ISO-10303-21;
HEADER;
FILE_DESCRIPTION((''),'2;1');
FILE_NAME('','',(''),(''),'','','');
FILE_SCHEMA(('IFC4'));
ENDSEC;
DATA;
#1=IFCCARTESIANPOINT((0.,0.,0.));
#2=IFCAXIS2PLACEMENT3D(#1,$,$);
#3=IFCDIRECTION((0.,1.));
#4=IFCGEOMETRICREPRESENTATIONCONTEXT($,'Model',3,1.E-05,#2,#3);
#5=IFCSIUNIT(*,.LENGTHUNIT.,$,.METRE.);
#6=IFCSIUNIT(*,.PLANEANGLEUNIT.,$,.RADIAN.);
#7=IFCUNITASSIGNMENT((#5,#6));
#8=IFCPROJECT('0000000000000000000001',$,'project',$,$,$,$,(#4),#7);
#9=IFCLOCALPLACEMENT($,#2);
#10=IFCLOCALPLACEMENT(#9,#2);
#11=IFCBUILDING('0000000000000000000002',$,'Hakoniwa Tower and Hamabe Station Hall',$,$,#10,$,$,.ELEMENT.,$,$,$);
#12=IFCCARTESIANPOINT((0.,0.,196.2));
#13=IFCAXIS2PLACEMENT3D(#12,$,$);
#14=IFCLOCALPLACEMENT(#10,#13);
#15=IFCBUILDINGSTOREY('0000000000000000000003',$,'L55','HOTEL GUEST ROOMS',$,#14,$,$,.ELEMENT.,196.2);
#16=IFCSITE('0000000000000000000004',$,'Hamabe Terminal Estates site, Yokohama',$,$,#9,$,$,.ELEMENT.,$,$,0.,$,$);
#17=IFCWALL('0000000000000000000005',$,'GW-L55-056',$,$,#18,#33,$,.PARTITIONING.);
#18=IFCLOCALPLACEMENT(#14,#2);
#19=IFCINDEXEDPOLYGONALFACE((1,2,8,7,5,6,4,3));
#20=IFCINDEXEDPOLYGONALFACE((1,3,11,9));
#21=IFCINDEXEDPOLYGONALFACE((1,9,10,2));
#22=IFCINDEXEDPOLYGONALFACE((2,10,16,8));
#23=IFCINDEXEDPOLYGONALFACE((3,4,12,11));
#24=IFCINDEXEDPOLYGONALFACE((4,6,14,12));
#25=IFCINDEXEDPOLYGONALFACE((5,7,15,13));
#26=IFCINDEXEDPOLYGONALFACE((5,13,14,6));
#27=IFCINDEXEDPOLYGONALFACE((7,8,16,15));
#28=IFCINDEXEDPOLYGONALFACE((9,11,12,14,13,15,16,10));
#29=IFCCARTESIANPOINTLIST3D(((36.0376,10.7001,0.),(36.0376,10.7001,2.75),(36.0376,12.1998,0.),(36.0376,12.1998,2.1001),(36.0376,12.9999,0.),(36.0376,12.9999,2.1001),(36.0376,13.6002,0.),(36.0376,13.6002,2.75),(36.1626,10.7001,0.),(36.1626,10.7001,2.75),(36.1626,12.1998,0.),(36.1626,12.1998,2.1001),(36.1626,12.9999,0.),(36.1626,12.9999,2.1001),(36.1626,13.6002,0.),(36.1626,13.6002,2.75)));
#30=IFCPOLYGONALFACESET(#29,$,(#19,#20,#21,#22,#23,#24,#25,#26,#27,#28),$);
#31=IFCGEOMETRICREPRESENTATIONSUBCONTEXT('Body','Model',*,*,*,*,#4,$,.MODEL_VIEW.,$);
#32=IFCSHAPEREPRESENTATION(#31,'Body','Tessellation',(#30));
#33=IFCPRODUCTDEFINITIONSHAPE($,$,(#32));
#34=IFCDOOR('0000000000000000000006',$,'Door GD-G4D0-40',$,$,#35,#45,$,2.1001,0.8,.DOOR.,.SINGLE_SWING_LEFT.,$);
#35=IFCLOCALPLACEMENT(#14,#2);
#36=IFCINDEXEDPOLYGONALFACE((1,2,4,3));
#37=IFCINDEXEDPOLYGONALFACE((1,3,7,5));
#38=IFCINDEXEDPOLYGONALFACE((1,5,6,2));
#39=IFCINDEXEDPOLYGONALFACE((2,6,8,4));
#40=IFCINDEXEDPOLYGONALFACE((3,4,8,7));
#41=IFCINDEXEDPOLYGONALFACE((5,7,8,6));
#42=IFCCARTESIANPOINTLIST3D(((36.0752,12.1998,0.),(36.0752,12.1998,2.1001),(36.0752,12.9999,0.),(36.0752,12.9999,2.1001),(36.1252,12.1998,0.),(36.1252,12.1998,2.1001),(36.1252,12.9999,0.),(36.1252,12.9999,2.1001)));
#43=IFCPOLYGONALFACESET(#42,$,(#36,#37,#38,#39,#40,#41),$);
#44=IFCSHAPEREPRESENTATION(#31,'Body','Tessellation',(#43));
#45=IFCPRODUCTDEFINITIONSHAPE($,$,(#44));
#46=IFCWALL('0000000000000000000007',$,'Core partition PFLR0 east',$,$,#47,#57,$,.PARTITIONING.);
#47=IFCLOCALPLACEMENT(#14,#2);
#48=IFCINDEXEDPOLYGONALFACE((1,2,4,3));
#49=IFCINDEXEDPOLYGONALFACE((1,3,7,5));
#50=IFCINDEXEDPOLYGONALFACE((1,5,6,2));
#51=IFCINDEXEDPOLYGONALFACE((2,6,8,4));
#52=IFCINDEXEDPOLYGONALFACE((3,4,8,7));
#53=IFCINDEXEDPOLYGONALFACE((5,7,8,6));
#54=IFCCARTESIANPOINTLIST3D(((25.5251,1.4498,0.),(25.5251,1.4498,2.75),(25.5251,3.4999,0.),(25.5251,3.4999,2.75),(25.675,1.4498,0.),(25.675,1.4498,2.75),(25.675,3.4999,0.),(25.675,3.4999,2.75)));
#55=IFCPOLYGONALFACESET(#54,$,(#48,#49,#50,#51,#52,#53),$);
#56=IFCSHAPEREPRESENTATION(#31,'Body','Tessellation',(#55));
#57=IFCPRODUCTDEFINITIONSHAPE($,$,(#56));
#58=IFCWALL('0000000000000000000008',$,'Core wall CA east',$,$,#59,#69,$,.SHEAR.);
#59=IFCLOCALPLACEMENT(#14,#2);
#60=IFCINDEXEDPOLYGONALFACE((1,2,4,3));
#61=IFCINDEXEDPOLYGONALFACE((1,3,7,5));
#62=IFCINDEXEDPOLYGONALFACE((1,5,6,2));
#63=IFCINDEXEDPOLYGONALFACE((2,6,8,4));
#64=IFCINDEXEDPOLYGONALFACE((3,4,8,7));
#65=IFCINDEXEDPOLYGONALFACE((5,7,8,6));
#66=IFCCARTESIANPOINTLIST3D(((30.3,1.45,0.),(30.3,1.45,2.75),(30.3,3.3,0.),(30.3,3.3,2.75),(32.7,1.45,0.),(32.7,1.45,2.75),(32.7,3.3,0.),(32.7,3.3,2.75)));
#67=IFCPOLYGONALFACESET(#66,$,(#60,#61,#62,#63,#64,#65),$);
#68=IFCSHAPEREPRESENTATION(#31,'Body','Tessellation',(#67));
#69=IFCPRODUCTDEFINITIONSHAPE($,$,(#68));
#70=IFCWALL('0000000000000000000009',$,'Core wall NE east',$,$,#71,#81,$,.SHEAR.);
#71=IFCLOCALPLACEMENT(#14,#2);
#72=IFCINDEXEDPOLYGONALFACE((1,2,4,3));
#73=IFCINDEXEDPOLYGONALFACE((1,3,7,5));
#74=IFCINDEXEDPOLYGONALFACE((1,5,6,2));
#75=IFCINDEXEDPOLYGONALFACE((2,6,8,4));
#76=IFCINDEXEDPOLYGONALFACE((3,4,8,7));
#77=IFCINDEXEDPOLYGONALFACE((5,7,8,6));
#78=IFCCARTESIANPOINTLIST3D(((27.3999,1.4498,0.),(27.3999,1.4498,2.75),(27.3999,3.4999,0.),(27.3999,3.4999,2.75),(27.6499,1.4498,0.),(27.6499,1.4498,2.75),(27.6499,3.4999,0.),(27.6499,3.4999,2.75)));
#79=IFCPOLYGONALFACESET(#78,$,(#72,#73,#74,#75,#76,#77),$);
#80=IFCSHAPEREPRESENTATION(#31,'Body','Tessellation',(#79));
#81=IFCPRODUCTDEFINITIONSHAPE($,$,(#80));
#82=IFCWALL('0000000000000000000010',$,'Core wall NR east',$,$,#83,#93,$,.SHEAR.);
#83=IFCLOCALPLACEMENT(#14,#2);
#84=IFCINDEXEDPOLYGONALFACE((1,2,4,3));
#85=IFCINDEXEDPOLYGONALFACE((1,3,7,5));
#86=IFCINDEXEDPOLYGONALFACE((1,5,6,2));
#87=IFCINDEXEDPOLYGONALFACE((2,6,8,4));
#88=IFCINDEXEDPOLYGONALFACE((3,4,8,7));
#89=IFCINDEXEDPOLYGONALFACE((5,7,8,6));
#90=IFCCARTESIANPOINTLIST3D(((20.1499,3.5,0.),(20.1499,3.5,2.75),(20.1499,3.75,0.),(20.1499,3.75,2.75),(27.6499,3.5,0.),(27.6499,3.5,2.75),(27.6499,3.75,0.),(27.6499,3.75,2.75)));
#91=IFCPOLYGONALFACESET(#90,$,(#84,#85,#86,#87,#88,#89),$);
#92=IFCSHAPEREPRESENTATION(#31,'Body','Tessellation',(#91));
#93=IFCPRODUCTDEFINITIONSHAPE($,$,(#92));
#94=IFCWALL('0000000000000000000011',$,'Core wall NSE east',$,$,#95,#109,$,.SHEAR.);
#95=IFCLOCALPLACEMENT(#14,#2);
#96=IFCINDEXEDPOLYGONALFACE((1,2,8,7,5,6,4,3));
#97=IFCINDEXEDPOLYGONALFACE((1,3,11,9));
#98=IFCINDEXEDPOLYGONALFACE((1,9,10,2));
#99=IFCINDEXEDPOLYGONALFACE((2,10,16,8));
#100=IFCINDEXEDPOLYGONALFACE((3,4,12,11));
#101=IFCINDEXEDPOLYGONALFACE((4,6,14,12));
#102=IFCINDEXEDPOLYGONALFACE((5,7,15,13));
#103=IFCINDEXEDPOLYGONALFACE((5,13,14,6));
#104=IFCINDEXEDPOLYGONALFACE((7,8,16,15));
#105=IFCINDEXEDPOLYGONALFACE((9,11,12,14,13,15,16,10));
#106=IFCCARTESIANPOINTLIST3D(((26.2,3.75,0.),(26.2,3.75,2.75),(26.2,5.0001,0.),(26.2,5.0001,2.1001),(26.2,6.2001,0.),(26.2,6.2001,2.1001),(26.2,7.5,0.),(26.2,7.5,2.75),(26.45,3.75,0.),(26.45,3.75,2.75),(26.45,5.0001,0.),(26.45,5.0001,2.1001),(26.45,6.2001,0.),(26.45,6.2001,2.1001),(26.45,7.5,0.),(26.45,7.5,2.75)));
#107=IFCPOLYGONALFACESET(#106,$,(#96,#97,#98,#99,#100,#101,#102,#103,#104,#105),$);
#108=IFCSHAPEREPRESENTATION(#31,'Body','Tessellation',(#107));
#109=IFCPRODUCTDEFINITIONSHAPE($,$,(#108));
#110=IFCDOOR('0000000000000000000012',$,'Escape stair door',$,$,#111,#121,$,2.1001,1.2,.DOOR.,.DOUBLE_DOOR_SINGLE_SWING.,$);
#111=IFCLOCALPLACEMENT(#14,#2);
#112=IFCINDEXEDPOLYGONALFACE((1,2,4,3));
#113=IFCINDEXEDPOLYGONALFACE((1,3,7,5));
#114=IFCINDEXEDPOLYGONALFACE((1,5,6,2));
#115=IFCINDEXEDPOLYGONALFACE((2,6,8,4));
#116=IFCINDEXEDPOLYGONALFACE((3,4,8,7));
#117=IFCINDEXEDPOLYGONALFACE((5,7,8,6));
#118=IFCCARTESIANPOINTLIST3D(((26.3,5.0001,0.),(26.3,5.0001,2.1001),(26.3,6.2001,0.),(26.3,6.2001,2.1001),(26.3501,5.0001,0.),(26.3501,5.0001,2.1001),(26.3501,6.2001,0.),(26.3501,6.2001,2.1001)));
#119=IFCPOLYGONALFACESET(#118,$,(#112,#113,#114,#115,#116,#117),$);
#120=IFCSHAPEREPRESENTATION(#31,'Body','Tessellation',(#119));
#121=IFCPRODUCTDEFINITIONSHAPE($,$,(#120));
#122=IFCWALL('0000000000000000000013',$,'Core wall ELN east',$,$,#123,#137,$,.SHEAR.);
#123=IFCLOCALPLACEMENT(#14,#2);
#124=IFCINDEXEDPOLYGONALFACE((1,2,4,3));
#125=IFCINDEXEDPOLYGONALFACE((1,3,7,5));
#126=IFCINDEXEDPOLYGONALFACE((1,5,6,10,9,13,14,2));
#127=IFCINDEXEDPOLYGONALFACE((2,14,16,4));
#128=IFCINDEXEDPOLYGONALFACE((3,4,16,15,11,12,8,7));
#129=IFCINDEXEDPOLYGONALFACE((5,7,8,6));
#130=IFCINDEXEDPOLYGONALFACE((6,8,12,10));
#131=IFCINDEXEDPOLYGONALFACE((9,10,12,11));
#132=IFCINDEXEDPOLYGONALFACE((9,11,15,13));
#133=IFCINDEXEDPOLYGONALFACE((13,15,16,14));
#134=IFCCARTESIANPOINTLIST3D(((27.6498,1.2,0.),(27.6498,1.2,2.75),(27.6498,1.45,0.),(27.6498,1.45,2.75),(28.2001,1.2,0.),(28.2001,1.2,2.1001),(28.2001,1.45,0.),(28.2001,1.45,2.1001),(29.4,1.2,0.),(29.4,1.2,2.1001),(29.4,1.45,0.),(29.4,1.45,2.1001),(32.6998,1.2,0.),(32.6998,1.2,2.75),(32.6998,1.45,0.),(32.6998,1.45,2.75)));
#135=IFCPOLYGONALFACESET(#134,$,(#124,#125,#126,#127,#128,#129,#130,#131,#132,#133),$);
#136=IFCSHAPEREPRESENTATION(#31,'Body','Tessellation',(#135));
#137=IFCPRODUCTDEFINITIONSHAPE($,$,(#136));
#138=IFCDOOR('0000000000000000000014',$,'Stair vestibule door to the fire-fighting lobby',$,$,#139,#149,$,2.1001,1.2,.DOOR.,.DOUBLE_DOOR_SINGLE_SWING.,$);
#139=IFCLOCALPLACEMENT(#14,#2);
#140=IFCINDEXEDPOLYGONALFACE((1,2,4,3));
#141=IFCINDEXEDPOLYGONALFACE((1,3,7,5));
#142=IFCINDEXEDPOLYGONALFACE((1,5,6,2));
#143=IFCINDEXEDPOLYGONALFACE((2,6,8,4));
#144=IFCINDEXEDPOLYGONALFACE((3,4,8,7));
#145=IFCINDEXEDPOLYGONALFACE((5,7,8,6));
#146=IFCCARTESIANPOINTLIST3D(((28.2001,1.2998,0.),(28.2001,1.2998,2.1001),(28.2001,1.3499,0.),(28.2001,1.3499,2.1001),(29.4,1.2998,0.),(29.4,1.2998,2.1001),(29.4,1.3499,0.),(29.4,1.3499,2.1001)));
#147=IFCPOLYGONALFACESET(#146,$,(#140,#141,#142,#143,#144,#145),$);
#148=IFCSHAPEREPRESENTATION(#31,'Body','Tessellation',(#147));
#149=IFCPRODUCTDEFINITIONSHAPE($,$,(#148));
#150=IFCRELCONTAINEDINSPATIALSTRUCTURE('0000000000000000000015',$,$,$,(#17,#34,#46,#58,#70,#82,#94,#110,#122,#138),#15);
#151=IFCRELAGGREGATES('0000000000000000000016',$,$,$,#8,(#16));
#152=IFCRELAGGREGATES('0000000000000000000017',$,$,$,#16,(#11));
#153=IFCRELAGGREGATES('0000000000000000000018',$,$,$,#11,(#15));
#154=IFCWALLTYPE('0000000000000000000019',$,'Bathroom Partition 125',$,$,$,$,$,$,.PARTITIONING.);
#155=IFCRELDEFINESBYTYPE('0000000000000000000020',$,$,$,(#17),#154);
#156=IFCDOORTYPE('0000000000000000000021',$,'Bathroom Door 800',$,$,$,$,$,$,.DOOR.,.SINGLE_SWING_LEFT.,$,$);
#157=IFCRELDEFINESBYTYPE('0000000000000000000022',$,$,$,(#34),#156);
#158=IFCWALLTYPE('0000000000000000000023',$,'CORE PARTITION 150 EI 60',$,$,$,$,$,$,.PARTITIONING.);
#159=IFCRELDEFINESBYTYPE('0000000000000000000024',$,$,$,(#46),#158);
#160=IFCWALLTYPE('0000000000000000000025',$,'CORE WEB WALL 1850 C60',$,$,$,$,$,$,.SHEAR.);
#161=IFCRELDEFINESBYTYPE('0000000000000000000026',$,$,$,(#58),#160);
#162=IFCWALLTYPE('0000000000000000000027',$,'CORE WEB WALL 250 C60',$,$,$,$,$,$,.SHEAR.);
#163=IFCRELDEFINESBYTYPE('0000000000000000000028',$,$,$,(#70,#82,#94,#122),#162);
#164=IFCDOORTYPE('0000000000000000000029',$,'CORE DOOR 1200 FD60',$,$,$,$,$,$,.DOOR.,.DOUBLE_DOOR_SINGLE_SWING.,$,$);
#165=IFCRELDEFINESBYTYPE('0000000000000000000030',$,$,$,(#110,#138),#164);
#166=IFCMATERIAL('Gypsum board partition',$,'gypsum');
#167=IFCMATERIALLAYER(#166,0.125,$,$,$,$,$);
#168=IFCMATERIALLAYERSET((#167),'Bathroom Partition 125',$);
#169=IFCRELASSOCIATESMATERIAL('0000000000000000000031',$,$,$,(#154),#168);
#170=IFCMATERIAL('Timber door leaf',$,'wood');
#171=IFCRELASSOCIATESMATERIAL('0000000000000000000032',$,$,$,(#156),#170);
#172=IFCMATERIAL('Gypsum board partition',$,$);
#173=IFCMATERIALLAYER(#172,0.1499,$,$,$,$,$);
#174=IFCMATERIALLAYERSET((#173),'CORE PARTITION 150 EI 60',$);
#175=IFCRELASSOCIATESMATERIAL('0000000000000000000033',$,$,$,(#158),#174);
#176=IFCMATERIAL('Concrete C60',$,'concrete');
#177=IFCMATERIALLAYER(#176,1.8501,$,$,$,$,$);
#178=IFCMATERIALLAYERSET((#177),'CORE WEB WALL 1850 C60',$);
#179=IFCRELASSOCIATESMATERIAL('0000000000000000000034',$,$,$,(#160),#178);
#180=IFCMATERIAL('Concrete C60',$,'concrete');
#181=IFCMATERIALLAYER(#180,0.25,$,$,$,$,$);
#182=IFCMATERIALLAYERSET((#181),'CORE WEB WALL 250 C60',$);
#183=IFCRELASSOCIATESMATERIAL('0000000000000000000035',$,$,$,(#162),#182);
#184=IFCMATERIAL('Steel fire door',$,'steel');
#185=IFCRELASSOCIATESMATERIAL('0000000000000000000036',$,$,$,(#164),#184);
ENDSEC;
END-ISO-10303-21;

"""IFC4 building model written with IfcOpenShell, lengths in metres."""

from ifc_helpers import new_model, si_unit, direction, frame, frame_2d, origin, place, context, subcontext, project, spatial, rectangle, extrude, material, layer, layer_set, type_object, element, fill, save


model = new_model("IFC4")

# Units and contexts
model_context = context("Model", 3, precision=1e-05, world=origin(), true_north=direction((0.0, 1.0)))
body_context = subcontext(model_context, "Body", "Model", "MODEL_VIEW")
ifc_project = project(units=[si_unit("LENGTHUNIT", "METRE"), si_unit("PLANEANGLEUNIT", "RADIAN")], contexts=[model_context])

# Site, building, storey
site_placement = place(None, origin())
site = spatial("IfcSite", under=ifc_project, at=site_placement, Name="Hamabe Terminal Estates site, Yokohama", CompositionType="ELEMENT", RefElevation=0.0)
building_placement = place(site_placement, origin())
building = spatial("IfcBuilding", under=site, at=building_placement, Name="Hakoniwa Tower and Hamabe Station Hall", CompositionType="ELEMENT")
storey_placement = place(building_placement, frame((0.0, 0.0, 196.2)))
storey = spatial("IfcBuildingStorey", under=building, at=storey_placement, Name="L55", Description="HOTEL GUEST ROOMS", CompositionType="ELEMENT", Elevation=196.2)

# Shared definitions
ifc_material_1 = material(Name="Gypsum board partition", Category="gypsum")
ifc_layer_1 = layer(ifc_material_1, 0.125)
ifc_layer_set_1 = layer_set([ifc_layer_1], Name="Bathroom Partition 125")
wall_type_1 = type_object("IfcWallType", Name="Bathroom Partition 125", PredefinedType="PARTITIONING", material=ifc_layer_set_1)

# Wall, opening, door
wall_1_placement = place(storey_placement, frame((36.1001, 10.7, 0.0), z_axis=(0.0, 0.0, 1.0), x_axis=(0.0, 1.0, 0.0)))
wall_1 = element("IfcWall", 1, at=wall_1_placement, inside=storey, type_object=wall_type_1, Name="GW-L55-056", PredefinedType="PARTITIONING", context=body_context, shape_type="SweptSolid", body=[
    extrude(rectangle(XDim=2.9001, YDim=0.125, at=frame_2d((1.4502, 0.0))), origin(), (0.0, 0.0, 1.0), 2.75),
])
opening_1_placement = place(wall_1_placement, frame((1.5, 0.0, 0.0)))
opening_1 = element("IfcOpeningElement", 2, at=opening_1_placement, cuts=wall_1, PredefinedType="OPENING", context=body_context, shape_type="SweptSolid", body=[
    extrude(rectangle(XDim=0.8, YDim=2.1001, at=frame_2d((0.3999, 1.05))), frame((0.0, 0.0725, 0.0), z_axis=(0.0, -1.0, 0.0), x_axis=(1.0, 0.0, 0.0)), (0.0, 0.0, 1.0), 0.145),
])
ifc_material_2 = material(Name="Timber door leaf", Category="wood")
door_type_1 = type_object("IfcDoorType", Name="Bathroom Door 800", OperationType="SINGLE_SWING_LEFT", PredefinedType="DOOR", material=ifc_material_2)
door_1_placement = place(opening_1_placement, origin())
door_1 = element("IfcDoor", 3, at=door_1_placement, inside=storey, type_object=door_type_1, Name="Door GD-G4D0-40", OperationType="SINGLE_SWING_LEFT", OverallHeight=2.1001, OverallWidth=0.8, PredefinedType="DOOR", context=body_context, shape_type="SweptSolid", body=[
    extrude(rectangle(XDim=0.8, YDim=2.1001, at=frame_2d((0.3999, 1.05))), frame((0.0, 0.0249, 0.0), z_axis=(0.0, -1.0, 0.0), x_axis=(1.0, 0.0, 0.0)), (0.0, 0.0, 1.0), 0.05),
])
fill(opening_1, door_1)

# Walls
ifc_material_3 = material(Name="Gypsum board partition")
ifc_layer_2 = layer(ifc_material_3, 0.1499)
ifc_layer_set_2 = layer_set([ifc_layer_2], Name="CORE PARTITION 150 EI 60")
wall_type_2 = type_object("IfcWallType", Name="CORE PARTITION 150 EI 60", PredefinedType="PARTITIONING", material=ifc_layer_set_2)
wall_2_placement = place(storey_placement, frame((25.6001, 1.45, 0.0), z_axis=(0.0, 0.0, 1.0), x_axis=(0.0, 1.0, 0.0)))
element("IfcWall", 4, at=wall_2_placement, inside=storey, type_object=wall_type_2, Name="Core partition PFLR0 east", PredefinedType="PARTITIONING", context=body_context, shape_type="SweptSolid", body=[
    extrude(rectangle(XDim=2.05, YDim=0.1499, at=frame_2d((1.0249, 0.0))), origin(), (0.0, 0.0, 1.0), 2.75),
])
ifc_material_4 = material(Name="Concrete C60", Category="concrete")
ifc_layer_3 = layer(ifc_material_4, 1.8501)
ifc_layer_set_3 = layer_set([ifc_layer_3], Name="CORE WEB WALL 1850 C60")
wall_type_3 = type_object("IfcWallType", Name="CORE WEB WALL 1850 C60", PredefinedType="SHEAR", material=ifc_layer_set_3)
wall_3_placement = place(storey_placement, frame((30.3, 2.375, 0.0), z_axis=(0.0, 0.0, 1.0), x_axis=(1.0, 0.0, 0.0)))
element("IfcWall", 5, at=wall_3_placement, inside=storey, type_object=wall_type_3, Name="Core wall CA east", PredefinedType="SHEAR", context=body_context, shape_type="SweptSolid", body=[
    extrude(rectangle(XDim=2.3999, YDim=1.8501, at=frame_2d((1.2, 0.0))), origin(), (0.0, 0.0, 1.0), 2.75),
])
ifc_material_5 = material(Name="Concrete C60", Category="concrete")
ifc_layer_4 = layer(ifc_material_5, 0.25)
ifc_layer_set_4 = layer_set([ifc_layer_4], Name="CORE WEB WALL 250 C60")
wall_type_4 = type_object("IfcWallType", Name="CORE WEB WALL 250 C60", PredefinedType="SHEAR", material=ifc_layer_set_4)
wall_4_placement = place(storey_placement, frame((27.5249, 1.45, 0.0), z_axis=(0.0, 0.0, 1.0), x_axis=(0.0, 1.0, 0.0)))
element("IfcWall", 6, at=wall_4_placement, inside=storey, type_object=wall_type_4, Name="Core wall NE east", PredefinedType="SHEAR", context=body_context, shape_type="SweptSolid", body=[
    extrude(rectangle(XDim=2.05, YDim=0.25, at=frame_2d((1.0249, 0.0))), origin(), (0.0, 0.0, 1.0), 2.75),
])
wall_5_placement = place(storey_placement, frame((20.1499, 3.625, 0.0), z_axis=(0.0, 0.0, 1.0), x_axis=(1.0, 0.0, 0.0)))
element("IfcWall", 7, at=wall_5_placement, inside=storey, type_object=wall_type_4, Name="Core wall NR east", PredefinedType="SHEAR", context=body_context, shape_type="SweptSolid", body=[
    extrude(rectangle(XDim=7.5, YDim=0.25, at=frame_2d((3.75, 0.0))), origin(), (0.0, 0.0, 1.0), 2.75),
])

# Walls, openings, doors
wall_6_placement = place(storey_placement, frame((26.325, 3.75, 0.0), z_axis=(0.0, 0.0, 1.0), x_axis=(0.0, 1.0, 0.0)))
wall_6 = element("IfcWall", 8, at=wall_6_placement, inside=storey, type_object=wall_type_4, Name="Core wall NSE east", PredefinedType="SHEAR", context=body_context, shape_type="SweptSolid", body=[
    extrude(rectangle(XDim=3.75, YDim=0.25, at=frame_2d((1.875, 0.0))), origin(), (0.0, 0.0, 1.0), 2.75),
])
opening_2_placement = place(wall_6_placement, frame((1.25, 0.0, 0.0)))
opening_2 = element("IfcOpeningElement", 9, at=opening_2_placement, cuts=wall_6, PredefinedType="OPENING", context=body_context, shape_type="SweptSolid", body=[
    extrude(rectangle(XDim=1.2, YDim=2.1001, at=frame_2d((0.6001, 1.05))), frame((0.0, 0.135, 0.0), z_axis=(0.0, -1.0, 0.0), x_axis=(1.0, 0.0, 0.0)), (0.0, 0.0, 1.0), 0.27),
])
ifc_material_6 = material(Name="Steel fire door", Category="steel")
door_type_2 = type_object("IfcDoorType", Name="CORE DOOR 1200 FD60", OperationType="DOUBLE_DOOR_SINGLE_SWING", PredefinedType="DOOR", material=ifc_material_6)
door_2_placement = place(opening_2_placement, origin())
door_2 = element("IfcDoor", 10, at=door_2_placement, inside=storey, type_object=door_type_2, Name="Escape stair door", OperationType="DOUBLE_DOOR_SINGLE_SWING", OverallHeight=2.1001, OverallWidth=1.2, PredefinedType="DOOR", context=body_context, shape_type="SweptSolid", body=[
    extrude(rectangle(XDim=1.2, YDim=2.1001, at=frame_2d((0.6001, 1.05))), frame((0.0, 0.0249, 0.0), z_axis=(0.0, -1.0, 0.0), x_axis=(1.0, 0.0, 0.0)), (0.0, 0.0, 1.0), 0.05),
])
fill(opening_2, door_2)
wall_7_placement = place(storey_placement, frame((27.6499, 1.325, 0.0), z_axis=(0.0, 0.0, 1.0), x_axis=(1.0, 0.0, 0.0)))
wall_7 = element("IfcWall", 11, at=wall_7_placement, inside=storey, type_object=wall_type_4, Name="Core wall ELN east", PredefinedType="SHEAR", context=body_context, shape_type="SweptSolid", body=[
    extrude(rectangle(XDim=5.05, YDim=0.25, at=frame_2d((2.5249, 0.0))), origin(), (0.0, 0.0, 1.0), 2.75),
])
opening_3_placement = place(wall_7_placement, frame((0.55, 0.0, 0.0)))
opening_3 = element("IfcOpeningElement", 12, at=opening_3_placement, cuts=wall_7, PredefinedType="OPENING", context=body_context, shape_type="SweptSolid", body=[
    extrude(rectangle(XDim=1.2, YDim=2.1001, at=frame_2d((0.6001, 1.05))), frame((0.0, 0.135, 0.0), z_axis=(0.0, -1.0, 0.0), x_axis=(1.0, 0.0, 0.0)), (0.0, 0.0, 1.0), 0.27),
])
door_3_placement = place(opening_3_placement, origin())
door_3 = element("IfcDoor", 13, at=door_3_placement, inside=storey, type_object=door_type_2, Name="Stair vestibule door to the fire-fighting lobby", OperationType="DOUBLE_DOOR_SINGLE_SWING", OverallHeight=2.1001, OverallWidth=1.2, PredefinedType="DOOR", context=body_context, shape_type="SweptSolid", body=[
    extrude(rectangle(XDim=1.2, YDim=2.1001, at=frame_2d((0.6001, 1.05))), frame((0.0, 0.0249, 0.0), z_axis=(0.0, -1.0, 0.0), x_axis=(1.0, 0.0, 0.0)), (0.0, 0.0, 1.0), 0.05),
])
fill(opening_3, door_3)

save(model, "model.ifc")
